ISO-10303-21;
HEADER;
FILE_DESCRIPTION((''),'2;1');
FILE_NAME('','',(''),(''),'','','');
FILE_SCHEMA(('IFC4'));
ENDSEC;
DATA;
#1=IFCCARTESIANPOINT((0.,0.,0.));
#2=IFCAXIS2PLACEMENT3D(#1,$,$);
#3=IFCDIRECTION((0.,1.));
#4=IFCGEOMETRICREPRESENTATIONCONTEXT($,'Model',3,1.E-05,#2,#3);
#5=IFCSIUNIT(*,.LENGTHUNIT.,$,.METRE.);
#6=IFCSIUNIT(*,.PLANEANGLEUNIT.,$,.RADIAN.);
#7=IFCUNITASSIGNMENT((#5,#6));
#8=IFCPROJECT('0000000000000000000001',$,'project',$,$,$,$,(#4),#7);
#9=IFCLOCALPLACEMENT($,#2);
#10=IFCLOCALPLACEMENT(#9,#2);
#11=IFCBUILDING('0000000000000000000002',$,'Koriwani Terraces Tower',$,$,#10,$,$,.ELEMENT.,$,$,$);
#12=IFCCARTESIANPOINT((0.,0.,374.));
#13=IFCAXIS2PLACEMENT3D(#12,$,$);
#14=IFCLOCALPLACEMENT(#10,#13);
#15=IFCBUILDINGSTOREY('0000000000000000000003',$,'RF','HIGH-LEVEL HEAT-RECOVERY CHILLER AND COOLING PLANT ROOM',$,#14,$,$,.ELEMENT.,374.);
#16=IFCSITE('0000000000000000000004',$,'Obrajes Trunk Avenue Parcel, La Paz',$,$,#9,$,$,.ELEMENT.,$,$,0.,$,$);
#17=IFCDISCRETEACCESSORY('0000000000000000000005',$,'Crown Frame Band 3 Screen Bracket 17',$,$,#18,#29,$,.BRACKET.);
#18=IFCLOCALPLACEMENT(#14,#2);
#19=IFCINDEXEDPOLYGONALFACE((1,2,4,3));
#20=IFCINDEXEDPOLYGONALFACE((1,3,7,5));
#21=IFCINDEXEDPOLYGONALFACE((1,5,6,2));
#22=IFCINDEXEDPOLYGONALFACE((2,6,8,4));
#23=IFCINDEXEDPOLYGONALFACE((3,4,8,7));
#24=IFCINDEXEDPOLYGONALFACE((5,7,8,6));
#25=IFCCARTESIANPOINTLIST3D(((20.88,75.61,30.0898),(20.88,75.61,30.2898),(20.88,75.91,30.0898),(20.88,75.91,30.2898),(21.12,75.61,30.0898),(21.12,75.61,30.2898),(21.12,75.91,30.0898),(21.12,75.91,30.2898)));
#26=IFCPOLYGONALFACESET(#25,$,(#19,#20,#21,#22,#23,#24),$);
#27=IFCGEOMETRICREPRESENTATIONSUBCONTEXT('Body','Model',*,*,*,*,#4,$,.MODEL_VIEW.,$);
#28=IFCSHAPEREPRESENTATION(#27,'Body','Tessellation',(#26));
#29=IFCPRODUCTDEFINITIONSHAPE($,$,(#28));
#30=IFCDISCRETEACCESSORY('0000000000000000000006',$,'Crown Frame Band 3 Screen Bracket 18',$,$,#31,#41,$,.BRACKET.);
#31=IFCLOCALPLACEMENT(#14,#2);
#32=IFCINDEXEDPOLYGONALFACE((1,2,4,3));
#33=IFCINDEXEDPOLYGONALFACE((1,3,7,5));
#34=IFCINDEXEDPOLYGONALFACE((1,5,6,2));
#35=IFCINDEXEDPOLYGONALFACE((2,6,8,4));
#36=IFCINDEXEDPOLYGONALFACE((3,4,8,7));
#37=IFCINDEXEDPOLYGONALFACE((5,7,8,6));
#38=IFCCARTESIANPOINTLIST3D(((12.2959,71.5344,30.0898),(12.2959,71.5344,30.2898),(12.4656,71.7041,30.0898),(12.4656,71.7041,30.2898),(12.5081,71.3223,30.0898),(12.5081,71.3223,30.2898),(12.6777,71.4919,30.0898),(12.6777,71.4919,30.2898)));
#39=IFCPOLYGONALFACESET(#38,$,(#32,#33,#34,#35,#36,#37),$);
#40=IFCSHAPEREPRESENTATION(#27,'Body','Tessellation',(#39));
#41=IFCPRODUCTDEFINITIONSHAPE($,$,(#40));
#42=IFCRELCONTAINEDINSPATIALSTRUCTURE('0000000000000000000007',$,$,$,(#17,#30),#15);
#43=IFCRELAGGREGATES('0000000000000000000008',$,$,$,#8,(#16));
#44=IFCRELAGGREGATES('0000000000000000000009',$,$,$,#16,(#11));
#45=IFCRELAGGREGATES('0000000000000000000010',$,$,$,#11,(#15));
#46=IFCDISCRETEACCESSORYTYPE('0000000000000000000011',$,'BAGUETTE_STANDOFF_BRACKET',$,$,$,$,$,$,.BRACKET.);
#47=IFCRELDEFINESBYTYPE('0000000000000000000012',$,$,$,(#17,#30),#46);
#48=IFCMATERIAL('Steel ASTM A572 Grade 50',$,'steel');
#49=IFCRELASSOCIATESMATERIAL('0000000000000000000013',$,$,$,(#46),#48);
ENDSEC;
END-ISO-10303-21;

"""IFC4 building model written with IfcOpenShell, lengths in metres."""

from ifc_helpers import new_model, si_unit, direction, frame, origin, origin_2d, place, context, subcontext, project, spatial, rectangle, extrude, material, type_object, element, save


model = new_model("IFC4")

# Units and contexts
model_context = context("Model", 3, precision=1e-05, world=origin(), true_north=direction((0.0, 1.0)))
body_context = subcontext(model_context, "Body", "Model", "MODEL_VIEW")
ifc_project = project(units=[si_unit("LENGTHUNIT", "METRE"), si_unit("PLANEANGLEUNIT", "RADIAN")], contexts=[model_context])

# Site, building, storey
site_placement = place(None, origin())
site = spatial("IfcSite", under=ifc_project, at=site_placement, Name="Obrajes Trunk Avenue Parcel, La Paz", CompositionType="ELEMENT", RefElevation=0.0)
building_placement = place(site_placement, origin())
building = spatial("IfcBuilding", under=site, at=building_placement, Name="Koriwani Terraces Tower", CompositionType="ELEMENT")
storey_placement = place(building_placement, frame((0.0, 0.0, 374.0)))
storey = spatial("IfcBuildingStorey", under=building, at=storey_placement, Name="RF", Description="HIGH-LEVEL HEAT-RECOVERY CHILLER AND COOLING PLANT ROOM", CompositionType="ELEMENT", Elevation=374.0)

# Shared definitions
ifc_material_1 = material(Name="Steel ASTM A572 Grade 50", Category="steel")

# Discrete accessories
discrete_accessory_type = type_object("IfcDiscreteAccessoryType", Name="BAGUETTE_STANDOFF_BRACKET", PredefinedType="BRACKET", material=ifc_material_1)
for number, where, z_axis, x_axis, name in (
    (1, (21.0, 75.76, 30.0898), (0.0, 0.0, 1.0), (-1.0, 0.0, 0.0), "Crown Frame Band 3 Screen Bracket 17"),
    (2, (12.4868, 71.5132, 30.0898), (0.0, 0.0, 1.0), (-0.707107, -0.707107, 0.0), "Crown Frame Band 3 Screen Bracket 18"),
):
    element("IfcDiscreteAccessory", number, at=place(storey_placement, frame(where, z_axis=z_axis, x_axis=x_axis)), inside=storey, type_object=discrete_accessory_type, Name=name, PredefinedType="BRACKET", context=body_context, shape_type="SweptSolid", body=[
        extrude(rectangle(XDim=0.24, YDim=0.3, at=origin_2d()), origin(), (0.0, 0.0, 1.0), 0.2),
    ])

save(model, "model.ifc")
